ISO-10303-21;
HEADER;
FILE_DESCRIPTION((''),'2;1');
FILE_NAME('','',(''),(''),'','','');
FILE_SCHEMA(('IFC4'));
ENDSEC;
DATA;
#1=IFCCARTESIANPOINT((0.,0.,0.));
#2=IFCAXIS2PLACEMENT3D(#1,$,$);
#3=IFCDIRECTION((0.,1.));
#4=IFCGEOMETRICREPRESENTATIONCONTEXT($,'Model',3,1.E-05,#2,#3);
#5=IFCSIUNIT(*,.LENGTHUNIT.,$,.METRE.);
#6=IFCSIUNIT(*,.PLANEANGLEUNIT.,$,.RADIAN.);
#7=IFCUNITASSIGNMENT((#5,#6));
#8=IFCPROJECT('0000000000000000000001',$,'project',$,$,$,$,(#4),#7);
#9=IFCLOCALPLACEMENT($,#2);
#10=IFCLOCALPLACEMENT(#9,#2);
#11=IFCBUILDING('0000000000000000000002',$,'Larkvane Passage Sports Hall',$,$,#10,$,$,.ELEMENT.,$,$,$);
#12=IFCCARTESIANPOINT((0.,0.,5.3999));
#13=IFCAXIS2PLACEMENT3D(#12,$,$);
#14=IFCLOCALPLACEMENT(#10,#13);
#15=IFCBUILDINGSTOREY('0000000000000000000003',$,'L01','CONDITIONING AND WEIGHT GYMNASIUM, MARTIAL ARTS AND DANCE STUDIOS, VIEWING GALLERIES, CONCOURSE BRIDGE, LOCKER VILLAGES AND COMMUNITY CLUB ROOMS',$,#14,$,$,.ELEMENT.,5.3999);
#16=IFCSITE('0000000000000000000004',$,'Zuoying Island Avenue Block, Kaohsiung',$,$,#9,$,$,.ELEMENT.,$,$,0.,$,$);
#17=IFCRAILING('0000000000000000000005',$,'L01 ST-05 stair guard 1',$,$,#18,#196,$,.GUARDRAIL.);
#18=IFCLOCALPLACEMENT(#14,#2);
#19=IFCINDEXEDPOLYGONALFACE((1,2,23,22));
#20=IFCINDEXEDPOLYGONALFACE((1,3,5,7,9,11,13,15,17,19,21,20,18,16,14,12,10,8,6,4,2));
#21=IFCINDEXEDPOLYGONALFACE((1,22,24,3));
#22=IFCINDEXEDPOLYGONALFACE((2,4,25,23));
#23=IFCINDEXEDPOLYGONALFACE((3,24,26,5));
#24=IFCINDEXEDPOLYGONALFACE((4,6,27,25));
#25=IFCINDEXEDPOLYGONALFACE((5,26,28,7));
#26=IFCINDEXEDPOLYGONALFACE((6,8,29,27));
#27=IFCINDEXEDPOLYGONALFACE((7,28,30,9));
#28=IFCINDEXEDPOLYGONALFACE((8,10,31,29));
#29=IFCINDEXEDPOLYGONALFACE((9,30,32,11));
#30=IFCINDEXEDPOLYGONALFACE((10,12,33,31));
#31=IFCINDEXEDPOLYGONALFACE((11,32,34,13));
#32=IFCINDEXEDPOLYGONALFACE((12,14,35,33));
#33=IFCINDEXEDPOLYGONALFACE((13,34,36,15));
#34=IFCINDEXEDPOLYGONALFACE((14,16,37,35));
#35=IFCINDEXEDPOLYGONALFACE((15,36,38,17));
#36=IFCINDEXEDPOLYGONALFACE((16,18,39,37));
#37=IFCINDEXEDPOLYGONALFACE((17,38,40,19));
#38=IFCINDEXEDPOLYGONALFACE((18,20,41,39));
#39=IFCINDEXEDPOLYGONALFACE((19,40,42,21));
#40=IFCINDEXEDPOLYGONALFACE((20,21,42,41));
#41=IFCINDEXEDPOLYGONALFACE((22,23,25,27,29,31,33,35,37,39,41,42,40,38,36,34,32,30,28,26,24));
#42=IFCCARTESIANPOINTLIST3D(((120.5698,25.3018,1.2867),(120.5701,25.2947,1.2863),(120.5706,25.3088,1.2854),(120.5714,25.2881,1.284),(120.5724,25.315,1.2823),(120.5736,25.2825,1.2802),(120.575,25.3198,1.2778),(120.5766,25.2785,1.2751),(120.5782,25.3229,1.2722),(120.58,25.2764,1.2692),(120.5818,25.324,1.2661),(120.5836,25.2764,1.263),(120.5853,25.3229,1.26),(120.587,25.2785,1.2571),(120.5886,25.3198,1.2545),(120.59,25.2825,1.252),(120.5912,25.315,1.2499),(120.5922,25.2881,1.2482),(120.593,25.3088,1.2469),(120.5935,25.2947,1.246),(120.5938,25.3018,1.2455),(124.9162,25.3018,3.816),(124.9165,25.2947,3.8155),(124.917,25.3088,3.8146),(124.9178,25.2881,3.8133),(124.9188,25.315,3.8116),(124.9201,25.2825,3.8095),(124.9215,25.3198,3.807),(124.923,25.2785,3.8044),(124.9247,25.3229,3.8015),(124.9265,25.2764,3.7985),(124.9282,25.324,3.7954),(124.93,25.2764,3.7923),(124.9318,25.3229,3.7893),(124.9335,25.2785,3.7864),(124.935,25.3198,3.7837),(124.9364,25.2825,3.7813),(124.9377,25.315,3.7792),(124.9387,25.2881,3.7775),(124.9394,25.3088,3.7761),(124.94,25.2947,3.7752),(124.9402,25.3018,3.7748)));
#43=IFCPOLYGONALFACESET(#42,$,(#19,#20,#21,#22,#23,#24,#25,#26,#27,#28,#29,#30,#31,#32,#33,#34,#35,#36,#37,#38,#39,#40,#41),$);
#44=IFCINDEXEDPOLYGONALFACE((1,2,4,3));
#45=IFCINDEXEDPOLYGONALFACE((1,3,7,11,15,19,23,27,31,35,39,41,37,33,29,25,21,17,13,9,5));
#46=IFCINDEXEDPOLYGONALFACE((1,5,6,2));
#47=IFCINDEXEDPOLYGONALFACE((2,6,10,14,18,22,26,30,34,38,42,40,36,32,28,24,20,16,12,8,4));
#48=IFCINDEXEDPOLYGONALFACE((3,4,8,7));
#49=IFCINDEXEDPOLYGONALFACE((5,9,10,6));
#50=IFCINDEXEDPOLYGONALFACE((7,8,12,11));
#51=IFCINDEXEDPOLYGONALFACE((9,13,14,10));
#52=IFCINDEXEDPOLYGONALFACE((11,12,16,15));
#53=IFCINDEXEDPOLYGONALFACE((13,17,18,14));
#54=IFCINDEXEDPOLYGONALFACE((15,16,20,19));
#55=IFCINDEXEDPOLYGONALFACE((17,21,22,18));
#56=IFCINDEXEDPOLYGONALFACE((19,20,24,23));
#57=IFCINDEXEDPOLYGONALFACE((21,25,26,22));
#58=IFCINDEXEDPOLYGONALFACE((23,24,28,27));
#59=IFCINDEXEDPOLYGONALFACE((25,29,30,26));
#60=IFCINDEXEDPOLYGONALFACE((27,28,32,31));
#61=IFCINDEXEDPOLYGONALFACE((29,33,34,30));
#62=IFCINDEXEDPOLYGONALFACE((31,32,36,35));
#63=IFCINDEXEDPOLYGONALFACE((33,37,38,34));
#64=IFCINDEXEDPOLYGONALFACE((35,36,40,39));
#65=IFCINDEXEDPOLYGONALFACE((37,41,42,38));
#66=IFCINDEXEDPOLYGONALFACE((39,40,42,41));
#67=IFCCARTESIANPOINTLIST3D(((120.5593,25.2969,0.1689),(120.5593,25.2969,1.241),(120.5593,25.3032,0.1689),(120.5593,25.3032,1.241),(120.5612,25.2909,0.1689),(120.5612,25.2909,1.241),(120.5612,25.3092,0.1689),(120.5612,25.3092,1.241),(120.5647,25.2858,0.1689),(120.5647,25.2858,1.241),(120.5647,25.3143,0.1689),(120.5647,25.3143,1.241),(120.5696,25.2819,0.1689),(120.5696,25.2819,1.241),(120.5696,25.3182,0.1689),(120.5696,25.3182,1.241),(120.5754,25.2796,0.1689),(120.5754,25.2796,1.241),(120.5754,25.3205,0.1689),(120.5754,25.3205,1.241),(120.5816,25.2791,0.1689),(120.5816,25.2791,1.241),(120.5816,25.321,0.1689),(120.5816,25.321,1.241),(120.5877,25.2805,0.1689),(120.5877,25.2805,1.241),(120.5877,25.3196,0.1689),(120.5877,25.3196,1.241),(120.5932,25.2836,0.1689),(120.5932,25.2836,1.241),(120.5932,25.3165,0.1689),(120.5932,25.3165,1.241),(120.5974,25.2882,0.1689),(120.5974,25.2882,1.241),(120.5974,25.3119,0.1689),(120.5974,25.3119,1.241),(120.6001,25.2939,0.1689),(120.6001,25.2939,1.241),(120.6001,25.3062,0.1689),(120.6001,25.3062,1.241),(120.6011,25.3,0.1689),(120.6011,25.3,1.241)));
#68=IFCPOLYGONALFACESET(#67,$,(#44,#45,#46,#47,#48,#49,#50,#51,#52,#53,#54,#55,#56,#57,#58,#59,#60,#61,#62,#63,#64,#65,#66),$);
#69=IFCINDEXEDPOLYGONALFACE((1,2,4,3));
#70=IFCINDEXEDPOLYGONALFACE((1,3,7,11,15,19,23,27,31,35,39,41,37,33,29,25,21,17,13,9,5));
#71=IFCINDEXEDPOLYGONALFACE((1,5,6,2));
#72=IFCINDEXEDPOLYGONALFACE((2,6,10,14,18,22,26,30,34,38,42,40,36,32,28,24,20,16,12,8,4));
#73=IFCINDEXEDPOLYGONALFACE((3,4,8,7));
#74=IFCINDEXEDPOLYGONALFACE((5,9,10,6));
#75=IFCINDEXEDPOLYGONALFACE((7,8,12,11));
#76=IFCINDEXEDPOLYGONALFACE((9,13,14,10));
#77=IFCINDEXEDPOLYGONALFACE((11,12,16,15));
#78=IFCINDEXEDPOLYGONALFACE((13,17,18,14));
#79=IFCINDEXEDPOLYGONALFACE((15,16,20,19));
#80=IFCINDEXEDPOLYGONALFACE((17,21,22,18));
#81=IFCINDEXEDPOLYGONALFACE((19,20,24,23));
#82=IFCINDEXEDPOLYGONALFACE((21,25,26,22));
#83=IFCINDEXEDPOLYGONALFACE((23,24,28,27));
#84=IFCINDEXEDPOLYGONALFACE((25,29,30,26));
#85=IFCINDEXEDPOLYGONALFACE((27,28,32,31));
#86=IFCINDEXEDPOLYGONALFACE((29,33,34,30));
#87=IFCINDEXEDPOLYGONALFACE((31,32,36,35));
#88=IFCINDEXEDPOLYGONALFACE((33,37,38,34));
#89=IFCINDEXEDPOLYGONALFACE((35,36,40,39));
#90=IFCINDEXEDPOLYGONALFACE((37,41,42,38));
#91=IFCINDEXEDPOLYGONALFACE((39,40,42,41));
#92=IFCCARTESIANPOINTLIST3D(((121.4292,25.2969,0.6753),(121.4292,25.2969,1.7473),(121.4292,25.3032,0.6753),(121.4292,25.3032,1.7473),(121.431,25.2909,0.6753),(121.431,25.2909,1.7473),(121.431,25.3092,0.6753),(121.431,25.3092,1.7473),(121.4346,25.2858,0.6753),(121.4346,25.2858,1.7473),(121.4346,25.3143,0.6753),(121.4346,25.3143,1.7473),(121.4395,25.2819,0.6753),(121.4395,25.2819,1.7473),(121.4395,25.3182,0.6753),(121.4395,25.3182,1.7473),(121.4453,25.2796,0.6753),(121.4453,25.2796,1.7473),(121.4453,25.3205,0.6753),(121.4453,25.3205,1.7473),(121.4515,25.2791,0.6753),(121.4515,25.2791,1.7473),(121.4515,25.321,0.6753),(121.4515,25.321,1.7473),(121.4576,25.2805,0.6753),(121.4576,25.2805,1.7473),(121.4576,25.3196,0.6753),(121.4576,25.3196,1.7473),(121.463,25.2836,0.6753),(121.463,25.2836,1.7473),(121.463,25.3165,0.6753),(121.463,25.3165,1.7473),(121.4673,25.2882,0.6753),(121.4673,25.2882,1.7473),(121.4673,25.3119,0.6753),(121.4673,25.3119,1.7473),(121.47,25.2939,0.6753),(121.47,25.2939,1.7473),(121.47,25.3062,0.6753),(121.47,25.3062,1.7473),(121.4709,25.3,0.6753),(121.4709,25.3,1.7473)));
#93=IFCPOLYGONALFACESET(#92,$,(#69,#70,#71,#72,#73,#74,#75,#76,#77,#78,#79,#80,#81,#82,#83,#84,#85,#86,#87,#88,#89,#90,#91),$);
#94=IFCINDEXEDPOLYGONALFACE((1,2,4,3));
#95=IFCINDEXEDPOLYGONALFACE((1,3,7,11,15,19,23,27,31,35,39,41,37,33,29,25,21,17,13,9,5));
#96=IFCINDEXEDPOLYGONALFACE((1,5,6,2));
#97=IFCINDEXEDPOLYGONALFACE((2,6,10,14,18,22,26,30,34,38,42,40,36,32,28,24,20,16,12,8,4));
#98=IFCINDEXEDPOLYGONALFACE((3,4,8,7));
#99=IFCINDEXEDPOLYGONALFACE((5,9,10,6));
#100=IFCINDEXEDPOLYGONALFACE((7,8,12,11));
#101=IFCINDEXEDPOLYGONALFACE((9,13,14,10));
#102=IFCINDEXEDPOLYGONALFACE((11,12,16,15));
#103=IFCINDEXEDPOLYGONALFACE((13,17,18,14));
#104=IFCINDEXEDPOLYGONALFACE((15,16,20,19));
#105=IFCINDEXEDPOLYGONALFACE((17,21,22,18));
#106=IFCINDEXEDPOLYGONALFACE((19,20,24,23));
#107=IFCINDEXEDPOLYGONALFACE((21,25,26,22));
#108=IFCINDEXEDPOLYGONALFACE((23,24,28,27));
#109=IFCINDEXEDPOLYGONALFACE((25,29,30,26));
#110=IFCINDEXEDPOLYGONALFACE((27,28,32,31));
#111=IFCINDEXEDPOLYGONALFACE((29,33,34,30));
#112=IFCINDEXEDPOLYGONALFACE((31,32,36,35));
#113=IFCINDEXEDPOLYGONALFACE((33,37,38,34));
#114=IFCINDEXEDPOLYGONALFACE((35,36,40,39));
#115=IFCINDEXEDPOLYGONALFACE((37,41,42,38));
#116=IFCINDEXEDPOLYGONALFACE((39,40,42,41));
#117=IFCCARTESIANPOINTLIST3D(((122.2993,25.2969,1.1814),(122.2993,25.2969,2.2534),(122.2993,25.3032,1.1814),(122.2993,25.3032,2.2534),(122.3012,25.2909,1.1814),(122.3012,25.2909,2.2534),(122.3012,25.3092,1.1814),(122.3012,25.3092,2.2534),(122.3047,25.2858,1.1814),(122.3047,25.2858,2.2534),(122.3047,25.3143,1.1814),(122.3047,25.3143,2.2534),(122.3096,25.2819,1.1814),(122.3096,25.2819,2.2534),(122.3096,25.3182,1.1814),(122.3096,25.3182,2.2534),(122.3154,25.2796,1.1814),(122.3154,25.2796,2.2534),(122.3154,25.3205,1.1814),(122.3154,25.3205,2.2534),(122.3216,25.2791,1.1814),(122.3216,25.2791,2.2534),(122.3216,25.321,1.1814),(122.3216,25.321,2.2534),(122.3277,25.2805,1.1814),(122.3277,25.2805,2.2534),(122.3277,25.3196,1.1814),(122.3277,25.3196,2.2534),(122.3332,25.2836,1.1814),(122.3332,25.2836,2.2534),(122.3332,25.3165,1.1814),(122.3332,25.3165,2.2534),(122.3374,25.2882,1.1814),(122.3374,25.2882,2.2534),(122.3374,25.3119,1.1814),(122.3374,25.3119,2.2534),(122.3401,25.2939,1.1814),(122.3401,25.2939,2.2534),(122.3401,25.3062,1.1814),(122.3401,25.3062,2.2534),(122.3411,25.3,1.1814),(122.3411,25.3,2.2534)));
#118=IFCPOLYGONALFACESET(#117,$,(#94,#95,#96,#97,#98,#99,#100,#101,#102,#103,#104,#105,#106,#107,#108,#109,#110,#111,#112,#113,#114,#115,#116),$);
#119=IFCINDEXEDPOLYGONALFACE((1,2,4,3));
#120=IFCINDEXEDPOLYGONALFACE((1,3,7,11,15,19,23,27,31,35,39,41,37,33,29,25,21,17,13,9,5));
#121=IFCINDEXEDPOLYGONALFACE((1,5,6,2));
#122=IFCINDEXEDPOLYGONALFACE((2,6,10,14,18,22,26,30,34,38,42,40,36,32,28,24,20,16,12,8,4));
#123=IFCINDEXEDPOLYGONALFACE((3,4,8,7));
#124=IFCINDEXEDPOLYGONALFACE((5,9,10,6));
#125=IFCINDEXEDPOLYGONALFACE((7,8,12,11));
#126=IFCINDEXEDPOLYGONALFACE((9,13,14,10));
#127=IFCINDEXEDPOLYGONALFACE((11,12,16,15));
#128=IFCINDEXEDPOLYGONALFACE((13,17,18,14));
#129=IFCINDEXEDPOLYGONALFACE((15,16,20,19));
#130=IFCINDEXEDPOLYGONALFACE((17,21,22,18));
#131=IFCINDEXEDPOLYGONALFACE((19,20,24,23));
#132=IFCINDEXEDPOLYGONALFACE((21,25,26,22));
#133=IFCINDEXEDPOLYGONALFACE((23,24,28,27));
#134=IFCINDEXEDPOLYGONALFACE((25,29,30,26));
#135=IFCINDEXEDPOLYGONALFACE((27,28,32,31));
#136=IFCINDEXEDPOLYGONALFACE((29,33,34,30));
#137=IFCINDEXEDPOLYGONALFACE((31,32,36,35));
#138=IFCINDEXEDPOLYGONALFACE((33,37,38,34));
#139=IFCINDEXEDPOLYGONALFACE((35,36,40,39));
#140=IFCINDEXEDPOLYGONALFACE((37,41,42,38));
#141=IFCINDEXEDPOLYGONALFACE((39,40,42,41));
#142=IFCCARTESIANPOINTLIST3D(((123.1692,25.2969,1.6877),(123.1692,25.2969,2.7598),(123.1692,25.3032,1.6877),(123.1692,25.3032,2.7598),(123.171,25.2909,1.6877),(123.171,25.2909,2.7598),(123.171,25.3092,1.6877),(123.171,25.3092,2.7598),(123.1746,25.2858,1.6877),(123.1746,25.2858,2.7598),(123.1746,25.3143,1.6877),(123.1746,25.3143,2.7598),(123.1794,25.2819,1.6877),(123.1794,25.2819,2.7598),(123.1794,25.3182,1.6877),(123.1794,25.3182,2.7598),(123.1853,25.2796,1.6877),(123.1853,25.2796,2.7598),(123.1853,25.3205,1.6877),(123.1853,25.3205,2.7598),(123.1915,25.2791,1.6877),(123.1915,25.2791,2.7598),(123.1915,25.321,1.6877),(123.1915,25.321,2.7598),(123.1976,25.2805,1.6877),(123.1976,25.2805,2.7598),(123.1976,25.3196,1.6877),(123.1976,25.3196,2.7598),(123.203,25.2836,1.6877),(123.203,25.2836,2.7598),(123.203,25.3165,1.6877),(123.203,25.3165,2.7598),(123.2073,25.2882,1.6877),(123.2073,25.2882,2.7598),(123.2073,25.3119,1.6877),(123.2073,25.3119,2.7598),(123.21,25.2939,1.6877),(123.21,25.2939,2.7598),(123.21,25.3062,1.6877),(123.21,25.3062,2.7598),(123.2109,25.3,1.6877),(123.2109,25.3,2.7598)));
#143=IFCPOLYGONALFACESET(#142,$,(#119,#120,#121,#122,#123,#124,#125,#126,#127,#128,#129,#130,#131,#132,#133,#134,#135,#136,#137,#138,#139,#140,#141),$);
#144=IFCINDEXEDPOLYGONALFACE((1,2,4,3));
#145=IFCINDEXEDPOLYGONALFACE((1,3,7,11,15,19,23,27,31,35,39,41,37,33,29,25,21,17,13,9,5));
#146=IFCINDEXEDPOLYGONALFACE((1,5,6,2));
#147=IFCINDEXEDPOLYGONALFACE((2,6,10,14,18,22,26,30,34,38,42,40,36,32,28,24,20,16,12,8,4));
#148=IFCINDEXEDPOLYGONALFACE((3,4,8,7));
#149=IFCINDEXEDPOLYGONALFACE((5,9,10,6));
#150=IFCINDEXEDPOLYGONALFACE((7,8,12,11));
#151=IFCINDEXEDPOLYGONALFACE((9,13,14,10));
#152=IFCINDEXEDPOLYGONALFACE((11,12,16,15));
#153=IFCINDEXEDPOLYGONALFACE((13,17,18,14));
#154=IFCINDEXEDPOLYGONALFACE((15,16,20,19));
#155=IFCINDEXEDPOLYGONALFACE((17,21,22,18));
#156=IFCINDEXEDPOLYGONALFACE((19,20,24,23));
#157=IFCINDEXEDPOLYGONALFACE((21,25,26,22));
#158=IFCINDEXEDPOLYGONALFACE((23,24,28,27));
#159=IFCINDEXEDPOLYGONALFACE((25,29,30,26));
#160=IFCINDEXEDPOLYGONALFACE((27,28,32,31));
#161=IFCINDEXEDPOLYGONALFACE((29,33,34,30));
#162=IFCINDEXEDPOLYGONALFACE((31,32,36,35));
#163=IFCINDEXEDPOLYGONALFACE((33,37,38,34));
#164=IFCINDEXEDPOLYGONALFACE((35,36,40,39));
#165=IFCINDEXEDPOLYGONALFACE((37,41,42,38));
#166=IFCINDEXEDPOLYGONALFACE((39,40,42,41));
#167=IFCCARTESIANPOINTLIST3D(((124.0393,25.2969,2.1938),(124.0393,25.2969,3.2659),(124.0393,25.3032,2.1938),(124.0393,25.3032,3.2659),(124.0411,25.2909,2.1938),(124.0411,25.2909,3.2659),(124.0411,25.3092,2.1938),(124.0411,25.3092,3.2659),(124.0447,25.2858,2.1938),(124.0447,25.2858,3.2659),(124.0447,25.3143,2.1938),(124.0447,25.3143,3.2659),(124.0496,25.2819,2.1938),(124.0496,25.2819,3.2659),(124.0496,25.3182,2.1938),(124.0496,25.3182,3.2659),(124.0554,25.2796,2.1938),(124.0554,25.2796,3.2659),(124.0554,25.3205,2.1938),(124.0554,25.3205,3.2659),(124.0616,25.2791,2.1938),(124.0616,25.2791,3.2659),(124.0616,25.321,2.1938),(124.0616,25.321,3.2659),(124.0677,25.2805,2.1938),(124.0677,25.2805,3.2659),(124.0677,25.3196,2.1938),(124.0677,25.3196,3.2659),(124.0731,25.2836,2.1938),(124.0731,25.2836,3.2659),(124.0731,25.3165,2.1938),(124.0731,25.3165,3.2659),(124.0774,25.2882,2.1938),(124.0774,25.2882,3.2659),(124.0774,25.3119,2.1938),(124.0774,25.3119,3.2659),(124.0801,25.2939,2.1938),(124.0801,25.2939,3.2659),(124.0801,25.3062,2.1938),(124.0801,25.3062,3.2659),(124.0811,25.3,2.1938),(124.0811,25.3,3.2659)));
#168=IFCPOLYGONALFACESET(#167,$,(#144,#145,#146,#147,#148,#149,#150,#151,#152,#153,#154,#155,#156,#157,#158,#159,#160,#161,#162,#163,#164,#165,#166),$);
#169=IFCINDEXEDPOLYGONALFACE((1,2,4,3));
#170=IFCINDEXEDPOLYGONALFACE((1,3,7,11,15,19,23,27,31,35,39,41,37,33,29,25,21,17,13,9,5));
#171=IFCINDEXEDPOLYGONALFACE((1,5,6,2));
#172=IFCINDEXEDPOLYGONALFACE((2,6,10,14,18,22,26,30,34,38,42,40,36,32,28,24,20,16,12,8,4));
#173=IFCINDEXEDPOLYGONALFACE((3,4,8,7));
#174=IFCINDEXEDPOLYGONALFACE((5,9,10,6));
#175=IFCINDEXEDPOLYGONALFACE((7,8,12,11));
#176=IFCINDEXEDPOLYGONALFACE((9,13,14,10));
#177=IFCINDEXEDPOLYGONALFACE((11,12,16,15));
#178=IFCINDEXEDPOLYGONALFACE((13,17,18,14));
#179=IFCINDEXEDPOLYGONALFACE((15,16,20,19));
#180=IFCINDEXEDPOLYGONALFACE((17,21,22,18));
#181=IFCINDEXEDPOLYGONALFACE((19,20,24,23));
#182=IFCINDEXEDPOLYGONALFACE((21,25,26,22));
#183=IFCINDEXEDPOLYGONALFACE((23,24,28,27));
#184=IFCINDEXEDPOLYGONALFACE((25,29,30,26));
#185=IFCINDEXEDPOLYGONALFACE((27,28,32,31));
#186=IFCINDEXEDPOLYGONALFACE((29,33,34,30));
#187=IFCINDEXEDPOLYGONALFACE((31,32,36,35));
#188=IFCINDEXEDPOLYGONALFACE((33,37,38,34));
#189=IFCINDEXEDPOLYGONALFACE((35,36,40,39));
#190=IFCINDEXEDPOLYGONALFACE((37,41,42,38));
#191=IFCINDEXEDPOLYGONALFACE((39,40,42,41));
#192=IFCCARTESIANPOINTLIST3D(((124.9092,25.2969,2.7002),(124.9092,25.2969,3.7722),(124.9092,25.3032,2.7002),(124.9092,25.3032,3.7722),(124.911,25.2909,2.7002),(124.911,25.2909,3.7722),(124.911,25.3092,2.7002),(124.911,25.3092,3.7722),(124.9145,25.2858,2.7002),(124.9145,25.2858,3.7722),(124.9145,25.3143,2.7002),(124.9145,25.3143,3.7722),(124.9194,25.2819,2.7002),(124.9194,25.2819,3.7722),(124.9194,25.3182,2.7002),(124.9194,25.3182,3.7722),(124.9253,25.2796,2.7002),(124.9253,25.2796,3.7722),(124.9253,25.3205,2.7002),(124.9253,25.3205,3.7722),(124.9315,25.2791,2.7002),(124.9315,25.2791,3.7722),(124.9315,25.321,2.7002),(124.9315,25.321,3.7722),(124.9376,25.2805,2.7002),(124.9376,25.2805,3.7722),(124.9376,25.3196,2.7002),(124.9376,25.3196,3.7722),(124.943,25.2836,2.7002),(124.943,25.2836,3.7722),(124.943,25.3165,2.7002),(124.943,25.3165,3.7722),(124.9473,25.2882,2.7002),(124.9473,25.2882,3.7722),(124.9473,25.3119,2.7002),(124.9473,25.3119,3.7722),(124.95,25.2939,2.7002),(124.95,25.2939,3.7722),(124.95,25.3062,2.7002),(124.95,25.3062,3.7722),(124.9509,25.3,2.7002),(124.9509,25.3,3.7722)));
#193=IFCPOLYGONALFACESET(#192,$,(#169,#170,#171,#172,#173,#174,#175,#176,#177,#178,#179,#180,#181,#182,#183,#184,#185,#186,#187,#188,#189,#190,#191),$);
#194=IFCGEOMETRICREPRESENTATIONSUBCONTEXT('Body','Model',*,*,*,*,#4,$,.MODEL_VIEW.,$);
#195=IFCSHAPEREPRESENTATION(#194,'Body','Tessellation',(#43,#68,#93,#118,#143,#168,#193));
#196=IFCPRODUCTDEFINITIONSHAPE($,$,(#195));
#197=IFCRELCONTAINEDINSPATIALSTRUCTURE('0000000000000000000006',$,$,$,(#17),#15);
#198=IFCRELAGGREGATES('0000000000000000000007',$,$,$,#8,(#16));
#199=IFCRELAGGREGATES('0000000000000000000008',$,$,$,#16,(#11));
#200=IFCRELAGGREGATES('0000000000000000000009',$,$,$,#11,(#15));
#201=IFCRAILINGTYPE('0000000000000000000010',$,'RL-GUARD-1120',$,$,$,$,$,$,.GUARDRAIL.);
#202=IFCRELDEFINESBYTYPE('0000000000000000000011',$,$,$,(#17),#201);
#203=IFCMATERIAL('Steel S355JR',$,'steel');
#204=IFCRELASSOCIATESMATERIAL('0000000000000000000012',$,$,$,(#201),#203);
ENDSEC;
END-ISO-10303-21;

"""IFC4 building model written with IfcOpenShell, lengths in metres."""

from ifc_helpers import new_model, si_unit, direction, frame, origin, origin_2d, place, context, subcontext, project, spatial, circle, extrude, material, type_object, element, save


model = new_model("IFC4")

# Units and contexts
model_context = context("Model", 3, precision=1e-05, world=origin(), true_north=direction((0.0, 1.0)))
body_context = subcontext(model_context, "Body", "Model", "MODEL_VIEW")
ifc_project = project(units=[si_unit("LENGTHUNIT", "METRE"), si_unit("PLANEANGLEUNIT", "RADIAN")], contexts=[model_context])

# Site, building, storey
site_placement = place(None, origin())
site = spatial("IfcSite", under=ifc_project, at=site_placement, Name="Zuoying Island Avenue Block, Kaohsiung", CompositionType="ELEMENT", RefElevation=0.0)
building_placement = place(site_placement, origin())
building = spatial("IfcBuilding", under=site, at=building_placement, Name="Larkvane Passage Sports Hall", CompositionType="ELEMENT")
storey_placement = place(building_placement, frame((0.0, 0.0, 5.3999)))
storey = spatial("IfcBuildingStorey", under=building, at=storey_placement, Name="L01", Description="CONDITIONING AND WEIGHT GYMNASIUM, MARTIAL ARTS AND DANCE STUDIOS, VIEWING GALLERIES, CONCOURSE BRIDGE, LOCKER VILLAGES AND COMMUNITY CLUB ROOMS", CompositionType="ELEMENT", Elevation=5.3999)

# Shared definitions
ifc_material_1 = material(Name="Steel S355JR", Category="steel")

# Railing
railing_type_1 = type_object("IfcRailingType", Name="RL-GUARD-1120", PredefinedType="GUARDRAIL", material=ifc_material_1)
railing_1_placement = place(storey_placement, frame((120.5801, 25.3, 0.1689)))
element("IfcRailing", 1, at=railing_1_placement, inside=storey, type_object=railing_type_1, Name="L01 ST-05 stair guard 1", PredefinedType="GUARDRAIL", context=body_context, shape_type="SweptSolid", body=[
    extrude(circle(Radius=0.0239, at=origin_2d()), frame((0.0017, 0.0, 1.0972), z_axis=(0.864312, 0.0, 0.502957), x_axis=(0.0, 1.0, 0.0)), (0.0, 0.0, 1.0), 5.0288),
    extrude(circle(Radius=0.021, at=origin_2d()), origin(), (0.0, 0.0, 1.0), 1.072),
    extrude(circle(Radius=0.021, at=origin_2d()), frame((0.8699, 0.0, 0.5063)), (0.0, 0.0, 1.0), 1.072),
    extrude(circle(Radius=0.021, at=origin_2d()), frame((1.74, 0.0, 1.0125)), (0.0, 0.0, 1.0), 1.072),
    extrude(circle(Radius=0.021, at=origin_2d()), frame((2.6099, 0.0, 1.5188)), (0.0, 0.0, 1.0), 1.072),
    extrude(circle(Radius=0.021, at=origin_2d()), frame((3.48, 0.0, 2.0249)), (0.0, 0.0, 1.0), 1.072),
    extrude(circle(Radius=0.021, at=origin_2d()), frame((4.3499, 0.0, 2.5312)), (0.0, 0.0, 1.0), 1.072),
])

save(model, "model.ifc")
